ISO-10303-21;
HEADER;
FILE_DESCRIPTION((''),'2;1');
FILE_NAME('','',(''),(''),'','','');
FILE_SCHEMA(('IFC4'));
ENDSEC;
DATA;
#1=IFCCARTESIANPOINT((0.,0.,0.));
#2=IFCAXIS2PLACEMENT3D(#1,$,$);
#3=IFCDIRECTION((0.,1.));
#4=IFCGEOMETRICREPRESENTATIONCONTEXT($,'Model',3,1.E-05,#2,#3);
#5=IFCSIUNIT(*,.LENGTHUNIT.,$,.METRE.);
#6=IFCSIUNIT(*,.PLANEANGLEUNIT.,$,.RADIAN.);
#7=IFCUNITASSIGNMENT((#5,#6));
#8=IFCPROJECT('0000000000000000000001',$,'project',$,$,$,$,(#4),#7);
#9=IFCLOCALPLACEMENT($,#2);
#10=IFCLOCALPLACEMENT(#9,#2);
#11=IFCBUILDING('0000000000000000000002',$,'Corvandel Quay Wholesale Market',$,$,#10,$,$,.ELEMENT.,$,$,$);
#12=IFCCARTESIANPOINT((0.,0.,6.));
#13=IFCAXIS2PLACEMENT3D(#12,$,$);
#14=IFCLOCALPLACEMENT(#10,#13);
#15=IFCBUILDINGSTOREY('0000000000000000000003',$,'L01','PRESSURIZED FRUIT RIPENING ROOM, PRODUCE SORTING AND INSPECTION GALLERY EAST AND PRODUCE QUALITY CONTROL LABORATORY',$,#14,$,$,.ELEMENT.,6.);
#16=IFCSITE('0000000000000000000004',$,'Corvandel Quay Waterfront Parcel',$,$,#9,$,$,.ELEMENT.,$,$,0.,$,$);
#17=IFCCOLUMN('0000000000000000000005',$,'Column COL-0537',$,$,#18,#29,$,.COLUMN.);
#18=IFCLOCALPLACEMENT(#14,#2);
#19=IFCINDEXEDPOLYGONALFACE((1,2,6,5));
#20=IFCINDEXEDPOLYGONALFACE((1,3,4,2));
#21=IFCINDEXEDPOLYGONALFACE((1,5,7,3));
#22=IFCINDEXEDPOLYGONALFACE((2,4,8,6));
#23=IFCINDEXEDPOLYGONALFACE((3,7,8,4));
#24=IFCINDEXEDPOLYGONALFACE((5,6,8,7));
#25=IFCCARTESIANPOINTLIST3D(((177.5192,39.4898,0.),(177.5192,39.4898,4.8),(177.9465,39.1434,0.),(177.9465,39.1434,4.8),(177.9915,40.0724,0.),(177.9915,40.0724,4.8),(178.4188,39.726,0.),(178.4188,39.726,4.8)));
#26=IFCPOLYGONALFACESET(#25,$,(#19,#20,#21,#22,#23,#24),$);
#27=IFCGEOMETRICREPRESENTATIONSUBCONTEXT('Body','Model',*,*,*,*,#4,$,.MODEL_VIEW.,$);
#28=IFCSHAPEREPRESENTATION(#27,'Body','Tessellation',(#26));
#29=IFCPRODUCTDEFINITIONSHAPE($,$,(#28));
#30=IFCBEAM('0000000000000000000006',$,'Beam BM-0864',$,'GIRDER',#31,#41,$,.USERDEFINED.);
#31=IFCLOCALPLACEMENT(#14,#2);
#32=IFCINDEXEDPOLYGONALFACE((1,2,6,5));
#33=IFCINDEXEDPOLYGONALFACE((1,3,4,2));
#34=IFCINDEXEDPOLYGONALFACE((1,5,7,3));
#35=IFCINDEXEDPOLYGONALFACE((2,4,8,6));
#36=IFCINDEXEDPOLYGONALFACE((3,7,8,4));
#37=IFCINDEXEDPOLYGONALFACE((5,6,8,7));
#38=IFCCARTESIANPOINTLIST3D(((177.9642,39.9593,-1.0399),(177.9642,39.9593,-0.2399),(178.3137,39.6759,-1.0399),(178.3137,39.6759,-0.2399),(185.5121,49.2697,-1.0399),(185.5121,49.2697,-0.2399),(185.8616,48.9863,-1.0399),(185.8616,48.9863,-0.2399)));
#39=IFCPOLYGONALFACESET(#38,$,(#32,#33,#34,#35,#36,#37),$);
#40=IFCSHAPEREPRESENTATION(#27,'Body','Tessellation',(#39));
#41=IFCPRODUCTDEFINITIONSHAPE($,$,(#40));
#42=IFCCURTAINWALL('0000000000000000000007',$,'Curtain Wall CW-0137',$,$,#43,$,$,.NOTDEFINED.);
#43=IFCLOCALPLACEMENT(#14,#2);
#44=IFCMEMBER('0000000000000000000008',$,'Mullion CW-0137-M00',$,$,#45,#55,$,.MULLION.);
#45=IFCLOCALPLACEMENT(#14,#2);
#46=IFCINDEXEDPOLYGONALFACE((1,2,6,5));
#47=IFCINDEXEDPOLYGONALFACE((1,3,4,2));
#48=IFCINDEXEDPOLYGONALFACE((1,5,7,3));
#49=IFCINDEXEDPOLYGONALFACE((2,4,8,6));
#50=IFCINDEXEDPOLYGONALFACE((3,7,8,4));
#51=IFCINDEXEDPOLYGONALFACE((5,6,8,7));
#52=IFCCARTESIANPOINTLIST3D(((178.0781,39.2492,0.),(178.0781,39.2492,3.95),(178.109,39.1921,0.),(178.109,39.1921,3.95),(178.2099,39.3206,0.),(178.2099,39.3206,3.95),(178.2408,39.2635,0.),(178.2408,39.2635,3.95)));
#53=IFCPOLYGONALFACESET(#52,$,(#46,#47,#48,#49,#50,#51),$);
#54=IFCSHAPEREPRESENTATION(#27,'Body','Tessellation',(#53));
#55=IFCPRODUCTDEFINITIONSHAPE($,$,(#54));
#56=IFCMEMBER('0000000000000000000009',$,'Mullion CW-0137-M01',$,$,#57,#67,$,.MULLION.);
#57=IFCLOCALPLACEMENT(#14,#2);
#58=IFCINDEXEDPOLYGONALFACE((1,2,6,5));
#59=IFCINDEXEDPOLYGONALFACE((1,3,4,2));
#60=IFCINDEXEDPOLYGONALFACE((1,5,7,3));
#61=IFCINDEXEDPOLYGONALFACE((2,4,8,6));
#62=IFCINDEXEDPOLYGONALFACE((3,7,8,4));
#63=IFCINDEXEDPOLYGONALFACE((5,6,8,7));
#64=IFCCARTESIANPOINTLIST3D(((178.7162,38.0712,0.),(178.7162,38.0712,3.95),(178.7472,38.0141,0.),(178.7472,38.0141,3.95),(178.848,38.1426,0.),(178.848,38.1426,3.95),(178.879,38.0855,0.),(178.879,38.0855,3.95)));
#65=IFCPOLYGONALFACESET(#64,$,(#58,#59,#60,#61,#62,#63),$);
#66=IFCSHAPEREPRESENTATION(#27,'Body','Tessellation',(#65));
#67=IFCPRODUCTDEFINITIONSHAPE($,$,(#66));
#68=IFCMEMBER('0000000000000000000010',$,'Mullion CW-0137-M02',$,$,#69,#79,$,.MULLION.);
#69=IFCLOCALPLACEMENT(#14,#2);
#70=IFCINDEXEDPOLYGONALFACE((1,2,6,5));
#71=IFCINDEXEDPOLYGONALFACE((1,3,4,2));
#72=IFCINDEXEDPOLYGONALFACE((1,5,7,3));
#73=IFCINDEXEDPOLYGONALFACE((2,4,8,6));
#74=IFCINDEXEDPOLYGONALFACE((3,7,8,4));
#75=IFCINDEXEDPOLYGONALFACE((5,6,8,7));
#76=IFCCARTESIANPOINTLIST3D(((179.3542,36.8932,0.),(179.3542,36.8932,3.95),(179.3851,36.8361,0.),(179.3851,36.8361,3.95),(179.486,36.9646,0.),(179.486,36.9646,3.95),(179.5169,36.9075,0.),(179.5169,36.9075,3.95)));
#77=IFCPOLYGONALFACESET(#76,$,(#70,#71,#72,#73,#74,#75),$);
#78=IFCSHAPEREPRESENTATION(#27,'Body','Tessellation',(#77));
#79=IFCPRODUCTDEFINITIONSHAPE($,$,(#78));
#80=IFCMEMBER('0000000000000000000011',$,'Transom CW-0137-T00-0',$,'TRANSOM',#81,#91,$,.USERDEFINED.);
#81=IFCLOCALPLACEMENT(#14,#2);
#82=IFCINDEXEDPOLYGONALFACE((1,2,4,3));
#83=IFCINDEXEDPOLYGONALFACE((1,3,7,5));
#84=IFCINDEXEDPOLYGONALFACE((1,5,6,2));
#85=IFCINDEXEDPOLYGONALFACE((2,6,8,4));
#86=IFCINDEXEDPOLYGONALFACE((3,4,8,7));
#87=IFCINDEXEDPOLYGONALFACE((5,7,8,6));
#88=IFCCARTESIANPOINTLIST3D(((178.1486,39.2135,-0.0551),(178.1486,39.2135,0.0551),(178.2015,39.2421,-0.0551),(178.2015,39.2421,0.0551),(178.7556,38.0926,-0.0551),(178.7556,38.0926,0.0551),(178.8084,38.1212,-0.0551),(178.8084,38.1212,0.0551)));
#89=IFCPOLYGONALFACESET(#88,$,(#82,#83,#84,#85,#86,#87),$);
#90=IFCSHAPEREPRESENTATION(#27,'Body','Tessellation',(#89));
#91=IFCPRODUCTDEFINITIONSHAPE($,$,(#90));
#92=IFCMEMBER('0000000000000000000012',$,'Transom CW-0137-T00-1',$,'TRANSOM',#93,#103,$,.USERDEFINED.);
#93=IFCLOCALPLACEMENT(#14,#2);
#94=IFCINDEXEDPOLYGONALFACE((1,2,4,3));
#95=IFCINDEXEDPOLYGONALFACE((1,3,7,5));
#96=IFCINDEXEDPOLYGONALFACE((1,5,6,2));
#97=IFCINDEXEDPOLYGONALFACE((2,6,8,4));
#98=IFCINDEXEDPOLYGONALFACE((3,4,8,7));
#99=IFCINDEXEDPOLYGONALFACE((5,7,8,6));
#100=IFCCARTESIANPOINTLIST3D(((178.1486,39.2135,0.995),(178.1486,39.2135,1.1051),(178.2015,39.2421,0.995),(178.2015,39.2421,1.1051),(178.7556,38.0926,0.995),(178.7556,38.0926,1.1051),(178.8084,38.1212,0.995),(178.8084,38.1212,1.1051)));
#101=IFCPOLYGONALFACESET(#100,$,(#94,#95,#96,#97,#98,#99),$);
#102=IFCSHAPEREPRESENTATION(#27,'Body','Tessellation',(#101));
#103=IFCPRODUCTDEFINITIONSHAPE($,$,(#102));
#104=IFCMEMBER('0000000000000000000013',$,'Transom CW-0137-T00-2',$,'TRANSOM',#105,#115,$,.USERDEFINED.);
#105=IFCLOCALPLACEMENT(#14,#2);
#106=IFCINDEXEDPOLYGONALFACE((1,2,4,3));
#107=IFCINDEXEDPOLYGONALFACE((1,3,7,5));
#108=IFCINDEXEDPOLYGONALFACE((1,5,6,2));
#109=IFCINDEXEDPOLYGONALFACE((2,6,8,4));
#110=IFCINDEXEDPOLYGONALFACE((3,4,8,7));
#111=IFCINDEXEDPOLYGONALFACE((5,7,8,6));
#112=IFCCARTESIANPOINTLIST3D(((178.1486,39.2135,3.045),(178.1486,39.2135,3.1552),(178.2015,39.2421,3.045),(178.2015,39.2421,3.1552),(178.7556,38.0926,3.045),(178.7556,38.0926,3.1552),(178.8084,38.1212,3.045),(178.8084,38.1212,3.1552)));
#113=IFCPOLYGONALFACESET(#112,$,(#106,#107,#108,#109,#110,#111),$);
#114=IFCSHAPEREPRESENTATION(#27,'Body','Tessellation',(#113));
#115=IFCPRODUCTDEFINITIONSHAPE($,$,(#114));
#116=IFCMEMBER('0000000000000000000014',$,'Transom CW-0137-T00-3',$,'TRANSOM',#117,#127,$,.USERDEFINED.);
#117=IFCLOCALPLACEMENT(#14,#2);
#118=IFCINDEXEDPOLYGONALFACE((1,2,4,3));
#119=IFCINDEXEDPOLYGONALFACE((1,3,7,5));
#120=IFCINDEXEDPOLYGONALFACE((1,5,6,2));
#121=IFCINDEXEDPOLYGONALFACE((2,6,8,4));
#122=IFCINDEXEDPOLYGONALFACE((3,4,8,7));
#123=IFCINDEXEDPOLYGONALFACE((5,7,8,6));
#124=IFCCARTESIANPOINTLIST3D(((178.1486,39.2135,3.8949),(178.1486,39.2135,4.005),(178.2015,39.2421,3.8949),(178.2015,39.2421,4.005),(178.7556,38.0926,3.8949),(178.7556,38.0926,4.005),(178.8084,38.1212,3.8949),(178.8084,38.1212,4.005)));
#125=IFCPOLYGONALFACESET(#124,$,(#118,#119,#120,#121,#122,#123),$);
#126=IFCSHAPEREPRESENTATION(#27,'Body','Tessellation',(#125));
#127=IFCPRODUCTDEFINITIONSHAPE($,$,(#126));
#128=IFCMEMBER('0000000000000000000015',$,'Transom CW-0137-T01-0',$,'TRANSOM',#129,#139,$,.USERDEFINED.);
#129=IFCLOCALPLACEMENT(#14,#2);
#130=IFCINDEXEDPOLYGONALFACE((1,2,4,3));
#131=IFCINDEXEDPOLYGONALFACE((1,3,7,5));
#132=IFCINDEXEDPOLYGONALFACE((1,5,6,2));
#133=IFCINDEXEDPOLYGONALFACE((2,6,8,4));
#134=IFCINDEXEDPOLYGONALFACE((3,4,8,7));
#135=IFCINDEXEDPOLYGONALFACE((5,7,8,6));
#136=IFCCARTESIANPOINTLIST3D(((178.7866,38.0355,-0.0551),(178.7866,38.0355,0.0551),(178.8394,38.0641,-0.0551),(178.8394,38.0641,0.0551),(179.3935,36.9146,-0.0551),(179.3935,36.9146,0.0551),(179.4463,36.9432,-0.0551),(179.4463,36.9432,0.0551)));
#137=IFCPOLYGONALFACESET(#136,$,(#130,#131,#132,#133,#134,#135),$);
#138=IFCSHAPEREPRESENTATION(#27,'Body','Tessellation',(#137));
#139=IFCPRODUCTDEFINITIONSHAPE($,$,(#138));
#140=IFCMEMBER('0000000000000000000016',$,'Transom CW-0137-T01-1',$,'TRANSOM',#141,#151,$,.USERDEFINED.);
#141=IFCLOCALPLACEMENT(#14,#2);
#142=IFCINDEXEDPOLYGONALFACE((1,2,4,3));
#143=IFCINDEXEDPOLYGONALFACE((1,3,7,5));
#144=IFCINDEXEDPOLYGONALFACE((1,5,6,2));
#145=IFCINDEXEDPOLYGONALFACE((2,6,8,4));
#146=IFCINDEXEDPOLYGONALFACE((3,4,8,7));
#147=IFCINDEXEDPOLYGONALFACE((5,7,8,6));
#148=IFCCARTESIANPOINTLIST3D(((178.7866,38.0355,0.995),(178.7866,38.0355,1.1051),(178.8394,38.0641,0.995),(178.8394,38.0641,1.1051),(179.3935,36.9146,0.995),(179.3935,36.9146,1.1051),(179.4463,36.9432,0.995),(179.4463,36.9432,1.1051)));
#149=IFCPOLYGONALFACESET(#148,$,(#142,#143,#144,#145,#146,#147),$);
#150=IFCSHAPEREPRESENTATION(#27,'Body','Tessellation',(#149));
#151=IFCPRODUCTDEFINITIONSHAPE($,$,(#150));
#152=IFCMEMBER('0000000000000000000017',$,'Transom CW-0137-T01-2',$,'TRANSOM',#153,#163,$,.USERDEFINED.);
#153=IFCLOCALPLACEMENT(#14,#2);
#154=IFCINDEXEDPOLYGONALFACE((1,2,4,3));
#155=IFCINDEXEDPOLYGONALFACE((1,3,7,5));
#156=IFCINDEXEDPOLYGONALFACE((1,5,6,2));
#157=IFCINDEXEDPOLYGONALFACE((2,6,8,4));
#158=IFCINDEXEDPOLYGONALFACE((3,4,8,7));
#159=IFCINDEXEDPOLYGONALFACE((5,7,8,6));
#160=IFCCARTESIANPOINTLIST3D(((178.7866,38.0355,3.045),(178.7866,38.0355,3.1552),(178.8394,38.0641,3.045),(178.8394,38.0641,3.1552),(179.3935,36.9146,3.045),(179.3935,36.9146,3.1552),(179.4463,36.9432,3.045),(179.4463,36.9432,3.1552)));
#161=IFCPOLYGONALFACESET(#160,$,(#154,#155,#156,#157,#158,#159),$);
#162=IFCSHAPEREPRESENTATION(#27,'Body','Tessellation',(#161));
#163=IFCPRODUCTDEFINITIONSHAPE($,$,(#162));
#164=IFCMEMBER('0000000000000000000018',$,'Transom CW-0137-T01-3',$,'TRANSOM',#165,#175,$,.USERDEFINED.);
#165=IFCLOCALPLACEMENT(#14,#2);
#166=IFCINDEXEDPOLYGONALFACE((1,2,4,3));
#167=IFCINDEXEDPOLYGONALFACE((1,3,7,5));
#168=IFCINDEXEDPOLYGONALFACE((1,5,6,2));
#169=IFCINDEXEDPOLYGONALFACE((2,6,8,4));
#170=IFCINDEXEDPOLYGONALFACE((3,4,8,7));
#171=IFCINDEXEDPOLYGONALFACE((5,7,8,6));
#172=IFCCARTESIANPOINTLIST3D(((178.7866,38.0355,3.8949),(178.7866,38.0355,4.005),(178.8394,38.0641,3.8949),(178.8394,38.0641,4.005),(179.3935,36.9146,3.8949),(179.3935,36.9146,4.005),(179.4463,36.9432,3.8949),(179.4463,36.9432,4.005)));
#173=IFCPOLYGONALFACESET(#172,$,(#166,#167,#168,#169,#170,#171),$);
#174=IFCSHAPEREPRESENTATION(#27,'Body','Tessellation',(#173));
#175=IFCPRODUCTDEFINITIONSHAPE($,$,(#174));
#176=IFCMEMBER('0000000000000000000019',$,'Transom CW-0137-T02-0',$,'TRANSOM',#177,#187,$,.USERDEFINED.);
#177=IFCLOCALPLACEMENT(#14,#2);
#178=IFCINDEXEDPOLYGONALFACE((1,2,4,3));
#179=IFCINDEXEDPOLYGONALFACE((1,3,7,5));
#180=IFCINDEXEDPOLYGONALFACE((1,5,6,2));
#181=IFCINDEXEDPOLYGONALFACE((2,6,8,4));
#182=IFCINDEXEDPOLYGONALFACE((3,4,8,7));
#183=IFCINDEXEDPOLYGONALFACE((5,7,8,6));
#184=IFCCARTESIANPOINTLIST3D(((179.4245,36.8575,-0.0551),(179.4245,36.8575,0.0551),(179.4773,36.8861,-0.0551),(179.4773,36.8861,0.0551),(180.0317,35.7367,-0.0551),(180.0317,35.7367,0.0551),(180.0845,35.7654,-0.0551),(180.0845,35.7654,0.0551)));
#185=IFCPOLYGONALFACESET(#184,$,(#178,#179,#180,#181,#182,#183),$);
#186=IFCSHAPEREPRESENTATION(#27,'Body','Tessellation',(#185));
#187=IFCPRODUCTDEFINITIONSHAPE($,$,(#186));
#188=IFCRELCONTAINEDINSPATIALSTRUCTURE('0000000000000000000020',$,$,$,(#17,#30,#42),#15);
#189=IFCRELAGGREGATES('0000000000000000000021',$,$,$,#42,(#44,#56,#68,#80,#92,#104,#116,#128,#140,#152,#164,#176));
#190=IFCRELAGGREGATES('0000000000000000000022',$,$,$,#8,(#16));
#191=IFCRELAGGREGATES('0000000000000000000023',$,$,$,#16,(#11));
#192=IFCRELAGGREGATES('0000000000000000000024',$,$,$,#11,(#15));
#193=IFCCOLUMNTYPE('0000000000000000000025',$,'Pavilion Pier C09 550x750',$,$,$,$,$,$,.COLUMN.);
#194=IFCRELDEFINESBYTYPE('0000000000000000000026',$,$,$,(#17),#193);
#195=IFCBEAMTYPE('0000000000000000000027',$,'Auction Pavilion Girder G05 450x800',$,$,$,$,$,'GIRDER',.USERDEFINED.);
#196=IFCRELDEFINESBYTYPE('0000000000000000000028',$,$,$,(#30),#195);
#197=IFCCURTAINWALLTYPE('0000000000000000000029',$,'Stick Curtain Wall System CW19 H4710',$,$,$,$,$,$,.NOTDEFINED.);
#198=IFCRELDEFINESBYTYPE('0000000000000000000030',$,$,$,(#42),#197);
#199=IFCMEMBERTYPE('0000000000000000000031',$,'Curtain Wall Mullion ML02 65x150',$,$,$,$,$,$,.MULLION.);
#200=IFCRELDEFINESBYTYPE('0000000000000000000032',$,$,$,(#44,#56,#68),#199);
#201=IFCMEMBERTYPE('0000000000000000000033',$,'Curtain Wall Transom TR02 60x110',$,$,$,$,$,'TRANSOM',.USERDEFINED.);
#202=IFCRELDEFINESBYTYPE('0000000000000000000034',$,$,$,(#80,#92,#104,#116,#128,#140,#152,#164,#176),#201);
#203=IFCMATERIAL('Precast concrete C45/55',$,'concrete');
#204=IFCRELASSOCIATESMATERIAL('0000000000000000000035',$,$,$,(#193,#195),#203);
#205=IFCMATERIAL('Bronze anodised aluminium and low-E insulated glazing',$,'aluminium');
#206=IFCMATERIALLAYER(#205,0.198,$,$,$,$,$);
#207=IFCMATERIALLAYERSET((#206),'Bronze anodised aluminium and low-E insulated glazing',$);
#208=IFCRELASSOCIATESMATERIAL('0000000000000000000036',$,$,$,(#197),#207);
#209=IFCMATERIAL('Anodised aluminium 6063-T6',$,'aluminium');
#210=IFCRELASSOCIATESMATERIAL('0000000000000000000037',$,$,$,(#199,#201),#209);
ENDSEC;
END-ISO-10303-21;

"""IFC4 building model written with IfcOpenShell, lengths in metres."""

from ifc_helpers import new_model, si_unit, direction, frame, origin, origin_2d, place, context, subcontext, project, spatial, rectangle, extrude, material, layer, layer_set, material_profile, profile_set, type_object, element, aggregate, save


model = new_model("IFC4")

# Units and contexts
model_context = context("Model", 3, precision=1e-05, world=origin(), true_north=direction((0.0, 1.0)))
body_context = subcontext(model_context, "Body", "Model", "MODEL_VIEW")
ifc_project = project(units=[si_unit("LENGTHUNIT", "METRE"), si_unit("PLANEANGLEUNIT", "RADIAN")], contexts=[model_context])

# Site, building, storey
site_placement = place(None, origin())
site = spatial("IfcSite", under=ifc_project, at=site_placement, Name="Corvandel Quay Waterfront Parcel", CompositionType="ELEMENT", RefElevation=0.0)
building_placement = place(site_placement, origin())
building = spatial("IfcBuilding", under=site, at=building_placement, Name="Corvandel Quay Wholesale Market", CompositionType="ELEMENT")
storey_placement = place(building_placement, frame((0.0, 0.0, 6.0)))
storey = spatial("IfcBuildingStorey", under=building, at=storey_placement, Name="L01", Description="PRESSURIZED FRUIT RIPENING ROOM, PRODUCE SORTING AND INSPECTION GALLERY EAST AND PRODUCE QUALITY CONTROL LABORATORY", CompositionType="ELEMENT", Elevation=6.0)

# Column
ifc_material_1 = material(Name="Precast concrete C45/55", Category="concrete")
ifc_material_profile_1 = material_profile(ifc_material_1, rectangle(XDim=0.55, YDim=0.75, at=origin_2d()), Name="PC-COL-550x750")
ifc_profile_set_1 = profile_set([ifc_material_profile_1], Name="Precast concrete C45/55")
column_type = type_object("IfcColumnType", Name="Pavilion Pier C09 550x750", PredefinedType="COLUMN", material=ifc_profile_set_1)
column_placement = place(storey_placement, frame((177.969, 39.6079, 0.0), z_axis=(0.0, 0.0, 1.0), x_axis=(-0.776816, 0.629727, 0.0)))
element("IfcColumn", 1, at=column_placement, inside=storey, type_object=column_type, Name="Column COL-0537", PredefinedType="COLUMN", context=body_context, shape_type="SweptSolid", body=[
    extrude(rectangle(XDim=0.55, YDim=0.75, at=origin_2d()), origin(), (0.0, 0.0, 1.0), 4.8),
])

# Beam
ifc_material_profile_2 = material_profile(ifc_material_1, rectangle(XDim=0.45, YDim=0.8, at=origin_2d()), Name="PC-GIR-450x800")
ifc_profile_set_2 = profile_set([ifc_material_profile_2], Name="Precast concrete C45/55")
beam_type_1 = type_object("IfcBeamType", Name="Auction Pavilion Girder G05 450x800", ElementType="GIRDER", PredefinedType="USERDEFINED", material=ifc_profile_set_2)
beam_1_placement = place(storey_placement, frame((178.1389, 39.8176, -0.6399), z_axis=(0.629749, 0.776798, 0.0), x_axis=(-0.776798, 0.629749, 0.0)))
element("IfcBeam", 2, at=beam_1_placement, inside=storey, type_object=beam_type_1, Name="Beam BM-0864", ObjectType="GIRDER", PredefinedType="USERDEFINED", context=body_context, shape_type="SweptSolid", body=[
    extrude(rectangle(XDim=0.45, YDim=0.8, at=origin_2d()), origin(), (0.0, 0.0, 1.0), 11.9856),
])

# Curtain wall, members
ifc_material_2 = material(Name="Bronze anodised aluminium and low-E insulated glazing", Category="aluminium")
ifc_layer_1 = layer(ifc_material_2, 0.198)
ifc_layer_set_1 = layer_set([ifc_layer_1], Name="Bronze anodised aluminium and low-E insulated glazing")
curtain_wall_type = type_object("IfcCurtainWallType", Name="Stick Curtain Wall System CW19 H4710", PredefinedType="NOTDEFINED", material=ifc_layer_set_1)
curtain_wall_placement = place(storey_placement, origin())
curtain_wall = element("IfcCurtainWall", 3, at=curtain_wall_placement, inside=storey, type_object=curtain_wall_type, Name="Curtain Wall CW-0137", PredefinedType="NOTDEFINED")
ifc_material_3 = material(Name="Anodised aluminium 6063-T6", Category="aluminium")
ifc_material_profile_3 = material_profile(ifc_material_3, rectangle(XDim=0.0649, YDim=0.1499, at=origin_2d()), Name="ALU-MUL-65x150")
ifc_profile_set_3 = profile_set([ifc_material_profile_3], Name="Anodised aluminium 6063-T6")
member_type_1 = type_object("IfcMemberType", Name="Curtain Wall Mullion ML02 65x150", PredefinedType="MULLION", material=ifc_profile_set_3)
member_1_placement = place(storey_placement, frame((178.1594, 39.2563, 0.0), z_axis=(0.0, 0.0, 1.0), x_axis=(-0.476238, 0.879316, 0.0)))
member_1 = element("IfcMember", 4, at=member_1_placement, type_object=member_type_1, Name="Mullion CW-0137-M00", PredefinedType="MULLION", context=body_context, shape_type="SweptSolid", body=[
    extrude(rectangle(XDim=0.0649, YDim=0.1499, at=origin_2d()), origin(), (0.0, 0.0, 1.0), 3.95),
])
member_2_placement = place(storey_placement, frame((178.7976, 38.0784, 0.0), z_axis=(0.0, 0.0, 1.0), x_axis=(-0.476238, 0.879316, 0.0)))
member_2 = element("IfcMember", 5, at=member_2_placement, type_object=member_type_1, Name="Mullion CW-0137-M01", PredefinedType="MULLION", context=body_context, shape_type="SweptSolid", body=[
    extrude(rectangle(XDim=0.0649, YDim=0.1499, at=origin_2d()), origin(), (0.0, 0.0, 1.0), 3.95),
])
member_3_placement = place(storey_placement, frame((179.4355, 36.9004, 0.0), z_axis=(0.0, 0.0, 1.0), x_axis=(-0.476238, 0.879316, 0.0)))
member_3 = element("IfcMember", 6, at=member_3_placement, type_object=member_type_1, Name="Mullion CW-0137-M02", PredefinedType="MULLION", context=body_context, shape_type="SweptSolid", body=[
    extrude(rectangle(XDim=0.0649, YDim=0.1499, at=origin_2d()), origin(), (0.0, 0.0, 1.0), 3.95),
])
ifc_material_profile_4 = material_profile(ifc_material_3, rectangle(XDim=0.0601, YDim=0.1101, at=origin_2d()), Name="ALU-TRN-60x110")
ifc_profile_set_4 = profile_set([ifc_material_profile_4], Name="Anodised aluminium 6063-T6")
member_type_2 = type_object("IfcMemberType", Name="Curtain Wall Transom TR02 60x110", ElementType="TRANSOM", PredefinedType="USERDEFINED", material=ifc_profile_set_4)
member_4_placement = place(storey_placement, frame((178.175, 39.2278, 0.0), z_axis=(0.476166, -0.879355, 0.0), x_axis=(0.879355, 0.476166, 0.0)))
member_4 = element("IfcMember", 7, at=member_4_placement, type_object=member_type_2, Name="Transom CW-0137-T00-0", ObjectType="TRANSOM", PredefinedType="USERDEFINED", context=body_context, shape_type="SweptSolid", body=[
    extrude(rectangle(XDim=0.0601, YDim=0.1101, at=origin_2d()), origin(), (0.0, 0.0, 1.0), 1.2747),
])
member_5_placement = place(storey_placement, frame((178.175, 39.2278, 1.05), z_axis=(0.476166, -0.879355, 0.0), x_axis=(0.879355, 0.476166, 0.0)))
member_5 = element("IfcMember", 8, at=member_5_placement, type_object=member_type_2, Name="Transom CW-0137-T00-1", ObjectType="TRANSOM", PredefinedType="USERDEFINED", context=body_context, shape_type="SweptSolid", body=[
    extrude(rectangle(XDim=0.0601, YDim=0.1101, at=origin_2d()), origin(), (0.0, 0.0, 1.0), 1.2747),
])
member_6_placement = place(storey_placement, frame((178.175, 39.2278, 3.1001), z_axis=(0.476166, -0.879355, 0.0), x_axis=(0.879355, 0.476166, 0.0)))
member_6 = element("IfcMember", 9, at=member_6_placement, type_object=member_type_2, Name="Transom CW-0137-T00-2", ObjectType="TRANSOM", PredefinedType="USERDEFINED", context=body_context, shape_type="SweptSolid", body=[
    extrude(rectangle(XDim=0.0601, YDim=0.1101, at=origin_2d()), origin(), (0.0, 0.0, 1.0), 1.2747),
])
member_7_placement = place(storey_placement, frame((178.175, 39.2278, 3.95), z_axis=(0.476166, -0.879355, 0.0), x_axis=(0.879355, 0.476166, 0.0)))
member_7 = element("IfcMember", 10, at=member_7_placement, type_object=member_type_2, Name="Transom CW-0137-T00-3", ObjectType="TRANSOM", PredefinedType="USERDEFINED", context=body_context, shape_type="SweptSolid", body=[
    extrude(rectangle(XDim=0.0601, YDim=0.1101, at=origin_2d()), origin(), (0.0, 0.0, 1.0), 1.2747),
])
member_8_placement = place(storey_placement, frame((178.813, 38.0498, 0.0), z_axis=(0.476166, -0.879355, 0.0), x_axis=(0.879355, 0.476166, 0.0)))
member_8 = element("IfcMember", 11, at=member_8_placement, type_object=member_type_2, Name="Transom CW-0137-T01-0", ObjectType="TRANSOM", PredefinedType="USERDEFINED", context=body_context, shape_type="SweptSolid", body=[
    extrude(rectangle(XDim=0.0601, YDim=0.1101, at=origin_2d()), origin(), (0.0, 0.0, 1.0), 1.2747),
])
member_9_placement = place(storey_placement, frame((178.813, 38.0498, 1.05), z_axis=(0.476166, -0.879355, 0.0), x_axis=(0.879355, 0.476166, 0.0)))
member_9 = element("IfcMember", 12, at=member_9_placement, type_object=member_type_2, Name="Transom CW-0137-T01-1", ObjectType="TRANSOM", PredefinedType="USERDEFINED", context=body_context, shape_type="SweptSolid", body=[
    extrude(rectangle(XDim=0.0601, YDim=0.1101, at=origin_2d()), origin(), (0.0, 0.0, 1.0), 1.2747),
])
member_10_placement = place(storey_placement, frame((178.813, 38.0498, 3.1001), z_axis=(0.476166, -0.879355, 0.0), x_axis=(0.879355, 0.476166, 0.0)))
member_10 = element("IfcMember", 13, at=member_10_placement, type_object=member_type_2, Name="Transom CW-0137-T01-2", ObjectType="TRANSOM", PredefinedType="USERDEFINED", context=body_context, shape_type="SweptSolid", body=[
    extrude(rectangle(XDim=0.0601, YDim=0.1101, at=origin_2d()), origin(), (0.0, 0.0, 1.0), 1.2747),
])
member_11_placement = place(storey_placement, frame((178.813, 38.0498, 3.95), z_axis=(0.476166, -0.879355, 0.0), x_axis=(0.879355, 0.476166, 0.0)))
member_11 = element("IfcMember", 14, at=member_11_placement, type_object=member_type_2, Name="Transom CW-0137-T01-3", ObjectType="TRANSOM", PredefinedType="USERDEFINED", context=body_context, shape_type="SweptSolid", body=[
    extrude(rectangle(XDim=0.0601, YDim=0.1101, at=origin_2d()), origin(), (0.0, 0.0, 1.0), 1.2747),
])
member_12_placement = place(storey_placement, frame((179.4509, 36.8718, 0.0), z_axis=(0.476314, -0.879275, 0.0), x_axis=(0.879275, 0.476314, 0.0)))
member_12 = element("IfcMember", 15, at=member_12_placement, type_object=member_type_2, Name="Transom CW-0137-T02-0", ObjectType="TRANSOM", PredefinedType="USERDEFINED", context=body_context, shape_type="SweptSolid", body=[
    extrude(rectangle(XDim=0.0601, YDim=0.1101, at=origin_2d()), origin(), (0.0, 0.0, 1.0), 1.2747),
])

aggregate(curtain_wall, [member_1, member_2, member_3, member_4, member_5, member_6, member_7, member_8, member_9, member_10, member_11, member_12])

save(model, "model.ifc")
